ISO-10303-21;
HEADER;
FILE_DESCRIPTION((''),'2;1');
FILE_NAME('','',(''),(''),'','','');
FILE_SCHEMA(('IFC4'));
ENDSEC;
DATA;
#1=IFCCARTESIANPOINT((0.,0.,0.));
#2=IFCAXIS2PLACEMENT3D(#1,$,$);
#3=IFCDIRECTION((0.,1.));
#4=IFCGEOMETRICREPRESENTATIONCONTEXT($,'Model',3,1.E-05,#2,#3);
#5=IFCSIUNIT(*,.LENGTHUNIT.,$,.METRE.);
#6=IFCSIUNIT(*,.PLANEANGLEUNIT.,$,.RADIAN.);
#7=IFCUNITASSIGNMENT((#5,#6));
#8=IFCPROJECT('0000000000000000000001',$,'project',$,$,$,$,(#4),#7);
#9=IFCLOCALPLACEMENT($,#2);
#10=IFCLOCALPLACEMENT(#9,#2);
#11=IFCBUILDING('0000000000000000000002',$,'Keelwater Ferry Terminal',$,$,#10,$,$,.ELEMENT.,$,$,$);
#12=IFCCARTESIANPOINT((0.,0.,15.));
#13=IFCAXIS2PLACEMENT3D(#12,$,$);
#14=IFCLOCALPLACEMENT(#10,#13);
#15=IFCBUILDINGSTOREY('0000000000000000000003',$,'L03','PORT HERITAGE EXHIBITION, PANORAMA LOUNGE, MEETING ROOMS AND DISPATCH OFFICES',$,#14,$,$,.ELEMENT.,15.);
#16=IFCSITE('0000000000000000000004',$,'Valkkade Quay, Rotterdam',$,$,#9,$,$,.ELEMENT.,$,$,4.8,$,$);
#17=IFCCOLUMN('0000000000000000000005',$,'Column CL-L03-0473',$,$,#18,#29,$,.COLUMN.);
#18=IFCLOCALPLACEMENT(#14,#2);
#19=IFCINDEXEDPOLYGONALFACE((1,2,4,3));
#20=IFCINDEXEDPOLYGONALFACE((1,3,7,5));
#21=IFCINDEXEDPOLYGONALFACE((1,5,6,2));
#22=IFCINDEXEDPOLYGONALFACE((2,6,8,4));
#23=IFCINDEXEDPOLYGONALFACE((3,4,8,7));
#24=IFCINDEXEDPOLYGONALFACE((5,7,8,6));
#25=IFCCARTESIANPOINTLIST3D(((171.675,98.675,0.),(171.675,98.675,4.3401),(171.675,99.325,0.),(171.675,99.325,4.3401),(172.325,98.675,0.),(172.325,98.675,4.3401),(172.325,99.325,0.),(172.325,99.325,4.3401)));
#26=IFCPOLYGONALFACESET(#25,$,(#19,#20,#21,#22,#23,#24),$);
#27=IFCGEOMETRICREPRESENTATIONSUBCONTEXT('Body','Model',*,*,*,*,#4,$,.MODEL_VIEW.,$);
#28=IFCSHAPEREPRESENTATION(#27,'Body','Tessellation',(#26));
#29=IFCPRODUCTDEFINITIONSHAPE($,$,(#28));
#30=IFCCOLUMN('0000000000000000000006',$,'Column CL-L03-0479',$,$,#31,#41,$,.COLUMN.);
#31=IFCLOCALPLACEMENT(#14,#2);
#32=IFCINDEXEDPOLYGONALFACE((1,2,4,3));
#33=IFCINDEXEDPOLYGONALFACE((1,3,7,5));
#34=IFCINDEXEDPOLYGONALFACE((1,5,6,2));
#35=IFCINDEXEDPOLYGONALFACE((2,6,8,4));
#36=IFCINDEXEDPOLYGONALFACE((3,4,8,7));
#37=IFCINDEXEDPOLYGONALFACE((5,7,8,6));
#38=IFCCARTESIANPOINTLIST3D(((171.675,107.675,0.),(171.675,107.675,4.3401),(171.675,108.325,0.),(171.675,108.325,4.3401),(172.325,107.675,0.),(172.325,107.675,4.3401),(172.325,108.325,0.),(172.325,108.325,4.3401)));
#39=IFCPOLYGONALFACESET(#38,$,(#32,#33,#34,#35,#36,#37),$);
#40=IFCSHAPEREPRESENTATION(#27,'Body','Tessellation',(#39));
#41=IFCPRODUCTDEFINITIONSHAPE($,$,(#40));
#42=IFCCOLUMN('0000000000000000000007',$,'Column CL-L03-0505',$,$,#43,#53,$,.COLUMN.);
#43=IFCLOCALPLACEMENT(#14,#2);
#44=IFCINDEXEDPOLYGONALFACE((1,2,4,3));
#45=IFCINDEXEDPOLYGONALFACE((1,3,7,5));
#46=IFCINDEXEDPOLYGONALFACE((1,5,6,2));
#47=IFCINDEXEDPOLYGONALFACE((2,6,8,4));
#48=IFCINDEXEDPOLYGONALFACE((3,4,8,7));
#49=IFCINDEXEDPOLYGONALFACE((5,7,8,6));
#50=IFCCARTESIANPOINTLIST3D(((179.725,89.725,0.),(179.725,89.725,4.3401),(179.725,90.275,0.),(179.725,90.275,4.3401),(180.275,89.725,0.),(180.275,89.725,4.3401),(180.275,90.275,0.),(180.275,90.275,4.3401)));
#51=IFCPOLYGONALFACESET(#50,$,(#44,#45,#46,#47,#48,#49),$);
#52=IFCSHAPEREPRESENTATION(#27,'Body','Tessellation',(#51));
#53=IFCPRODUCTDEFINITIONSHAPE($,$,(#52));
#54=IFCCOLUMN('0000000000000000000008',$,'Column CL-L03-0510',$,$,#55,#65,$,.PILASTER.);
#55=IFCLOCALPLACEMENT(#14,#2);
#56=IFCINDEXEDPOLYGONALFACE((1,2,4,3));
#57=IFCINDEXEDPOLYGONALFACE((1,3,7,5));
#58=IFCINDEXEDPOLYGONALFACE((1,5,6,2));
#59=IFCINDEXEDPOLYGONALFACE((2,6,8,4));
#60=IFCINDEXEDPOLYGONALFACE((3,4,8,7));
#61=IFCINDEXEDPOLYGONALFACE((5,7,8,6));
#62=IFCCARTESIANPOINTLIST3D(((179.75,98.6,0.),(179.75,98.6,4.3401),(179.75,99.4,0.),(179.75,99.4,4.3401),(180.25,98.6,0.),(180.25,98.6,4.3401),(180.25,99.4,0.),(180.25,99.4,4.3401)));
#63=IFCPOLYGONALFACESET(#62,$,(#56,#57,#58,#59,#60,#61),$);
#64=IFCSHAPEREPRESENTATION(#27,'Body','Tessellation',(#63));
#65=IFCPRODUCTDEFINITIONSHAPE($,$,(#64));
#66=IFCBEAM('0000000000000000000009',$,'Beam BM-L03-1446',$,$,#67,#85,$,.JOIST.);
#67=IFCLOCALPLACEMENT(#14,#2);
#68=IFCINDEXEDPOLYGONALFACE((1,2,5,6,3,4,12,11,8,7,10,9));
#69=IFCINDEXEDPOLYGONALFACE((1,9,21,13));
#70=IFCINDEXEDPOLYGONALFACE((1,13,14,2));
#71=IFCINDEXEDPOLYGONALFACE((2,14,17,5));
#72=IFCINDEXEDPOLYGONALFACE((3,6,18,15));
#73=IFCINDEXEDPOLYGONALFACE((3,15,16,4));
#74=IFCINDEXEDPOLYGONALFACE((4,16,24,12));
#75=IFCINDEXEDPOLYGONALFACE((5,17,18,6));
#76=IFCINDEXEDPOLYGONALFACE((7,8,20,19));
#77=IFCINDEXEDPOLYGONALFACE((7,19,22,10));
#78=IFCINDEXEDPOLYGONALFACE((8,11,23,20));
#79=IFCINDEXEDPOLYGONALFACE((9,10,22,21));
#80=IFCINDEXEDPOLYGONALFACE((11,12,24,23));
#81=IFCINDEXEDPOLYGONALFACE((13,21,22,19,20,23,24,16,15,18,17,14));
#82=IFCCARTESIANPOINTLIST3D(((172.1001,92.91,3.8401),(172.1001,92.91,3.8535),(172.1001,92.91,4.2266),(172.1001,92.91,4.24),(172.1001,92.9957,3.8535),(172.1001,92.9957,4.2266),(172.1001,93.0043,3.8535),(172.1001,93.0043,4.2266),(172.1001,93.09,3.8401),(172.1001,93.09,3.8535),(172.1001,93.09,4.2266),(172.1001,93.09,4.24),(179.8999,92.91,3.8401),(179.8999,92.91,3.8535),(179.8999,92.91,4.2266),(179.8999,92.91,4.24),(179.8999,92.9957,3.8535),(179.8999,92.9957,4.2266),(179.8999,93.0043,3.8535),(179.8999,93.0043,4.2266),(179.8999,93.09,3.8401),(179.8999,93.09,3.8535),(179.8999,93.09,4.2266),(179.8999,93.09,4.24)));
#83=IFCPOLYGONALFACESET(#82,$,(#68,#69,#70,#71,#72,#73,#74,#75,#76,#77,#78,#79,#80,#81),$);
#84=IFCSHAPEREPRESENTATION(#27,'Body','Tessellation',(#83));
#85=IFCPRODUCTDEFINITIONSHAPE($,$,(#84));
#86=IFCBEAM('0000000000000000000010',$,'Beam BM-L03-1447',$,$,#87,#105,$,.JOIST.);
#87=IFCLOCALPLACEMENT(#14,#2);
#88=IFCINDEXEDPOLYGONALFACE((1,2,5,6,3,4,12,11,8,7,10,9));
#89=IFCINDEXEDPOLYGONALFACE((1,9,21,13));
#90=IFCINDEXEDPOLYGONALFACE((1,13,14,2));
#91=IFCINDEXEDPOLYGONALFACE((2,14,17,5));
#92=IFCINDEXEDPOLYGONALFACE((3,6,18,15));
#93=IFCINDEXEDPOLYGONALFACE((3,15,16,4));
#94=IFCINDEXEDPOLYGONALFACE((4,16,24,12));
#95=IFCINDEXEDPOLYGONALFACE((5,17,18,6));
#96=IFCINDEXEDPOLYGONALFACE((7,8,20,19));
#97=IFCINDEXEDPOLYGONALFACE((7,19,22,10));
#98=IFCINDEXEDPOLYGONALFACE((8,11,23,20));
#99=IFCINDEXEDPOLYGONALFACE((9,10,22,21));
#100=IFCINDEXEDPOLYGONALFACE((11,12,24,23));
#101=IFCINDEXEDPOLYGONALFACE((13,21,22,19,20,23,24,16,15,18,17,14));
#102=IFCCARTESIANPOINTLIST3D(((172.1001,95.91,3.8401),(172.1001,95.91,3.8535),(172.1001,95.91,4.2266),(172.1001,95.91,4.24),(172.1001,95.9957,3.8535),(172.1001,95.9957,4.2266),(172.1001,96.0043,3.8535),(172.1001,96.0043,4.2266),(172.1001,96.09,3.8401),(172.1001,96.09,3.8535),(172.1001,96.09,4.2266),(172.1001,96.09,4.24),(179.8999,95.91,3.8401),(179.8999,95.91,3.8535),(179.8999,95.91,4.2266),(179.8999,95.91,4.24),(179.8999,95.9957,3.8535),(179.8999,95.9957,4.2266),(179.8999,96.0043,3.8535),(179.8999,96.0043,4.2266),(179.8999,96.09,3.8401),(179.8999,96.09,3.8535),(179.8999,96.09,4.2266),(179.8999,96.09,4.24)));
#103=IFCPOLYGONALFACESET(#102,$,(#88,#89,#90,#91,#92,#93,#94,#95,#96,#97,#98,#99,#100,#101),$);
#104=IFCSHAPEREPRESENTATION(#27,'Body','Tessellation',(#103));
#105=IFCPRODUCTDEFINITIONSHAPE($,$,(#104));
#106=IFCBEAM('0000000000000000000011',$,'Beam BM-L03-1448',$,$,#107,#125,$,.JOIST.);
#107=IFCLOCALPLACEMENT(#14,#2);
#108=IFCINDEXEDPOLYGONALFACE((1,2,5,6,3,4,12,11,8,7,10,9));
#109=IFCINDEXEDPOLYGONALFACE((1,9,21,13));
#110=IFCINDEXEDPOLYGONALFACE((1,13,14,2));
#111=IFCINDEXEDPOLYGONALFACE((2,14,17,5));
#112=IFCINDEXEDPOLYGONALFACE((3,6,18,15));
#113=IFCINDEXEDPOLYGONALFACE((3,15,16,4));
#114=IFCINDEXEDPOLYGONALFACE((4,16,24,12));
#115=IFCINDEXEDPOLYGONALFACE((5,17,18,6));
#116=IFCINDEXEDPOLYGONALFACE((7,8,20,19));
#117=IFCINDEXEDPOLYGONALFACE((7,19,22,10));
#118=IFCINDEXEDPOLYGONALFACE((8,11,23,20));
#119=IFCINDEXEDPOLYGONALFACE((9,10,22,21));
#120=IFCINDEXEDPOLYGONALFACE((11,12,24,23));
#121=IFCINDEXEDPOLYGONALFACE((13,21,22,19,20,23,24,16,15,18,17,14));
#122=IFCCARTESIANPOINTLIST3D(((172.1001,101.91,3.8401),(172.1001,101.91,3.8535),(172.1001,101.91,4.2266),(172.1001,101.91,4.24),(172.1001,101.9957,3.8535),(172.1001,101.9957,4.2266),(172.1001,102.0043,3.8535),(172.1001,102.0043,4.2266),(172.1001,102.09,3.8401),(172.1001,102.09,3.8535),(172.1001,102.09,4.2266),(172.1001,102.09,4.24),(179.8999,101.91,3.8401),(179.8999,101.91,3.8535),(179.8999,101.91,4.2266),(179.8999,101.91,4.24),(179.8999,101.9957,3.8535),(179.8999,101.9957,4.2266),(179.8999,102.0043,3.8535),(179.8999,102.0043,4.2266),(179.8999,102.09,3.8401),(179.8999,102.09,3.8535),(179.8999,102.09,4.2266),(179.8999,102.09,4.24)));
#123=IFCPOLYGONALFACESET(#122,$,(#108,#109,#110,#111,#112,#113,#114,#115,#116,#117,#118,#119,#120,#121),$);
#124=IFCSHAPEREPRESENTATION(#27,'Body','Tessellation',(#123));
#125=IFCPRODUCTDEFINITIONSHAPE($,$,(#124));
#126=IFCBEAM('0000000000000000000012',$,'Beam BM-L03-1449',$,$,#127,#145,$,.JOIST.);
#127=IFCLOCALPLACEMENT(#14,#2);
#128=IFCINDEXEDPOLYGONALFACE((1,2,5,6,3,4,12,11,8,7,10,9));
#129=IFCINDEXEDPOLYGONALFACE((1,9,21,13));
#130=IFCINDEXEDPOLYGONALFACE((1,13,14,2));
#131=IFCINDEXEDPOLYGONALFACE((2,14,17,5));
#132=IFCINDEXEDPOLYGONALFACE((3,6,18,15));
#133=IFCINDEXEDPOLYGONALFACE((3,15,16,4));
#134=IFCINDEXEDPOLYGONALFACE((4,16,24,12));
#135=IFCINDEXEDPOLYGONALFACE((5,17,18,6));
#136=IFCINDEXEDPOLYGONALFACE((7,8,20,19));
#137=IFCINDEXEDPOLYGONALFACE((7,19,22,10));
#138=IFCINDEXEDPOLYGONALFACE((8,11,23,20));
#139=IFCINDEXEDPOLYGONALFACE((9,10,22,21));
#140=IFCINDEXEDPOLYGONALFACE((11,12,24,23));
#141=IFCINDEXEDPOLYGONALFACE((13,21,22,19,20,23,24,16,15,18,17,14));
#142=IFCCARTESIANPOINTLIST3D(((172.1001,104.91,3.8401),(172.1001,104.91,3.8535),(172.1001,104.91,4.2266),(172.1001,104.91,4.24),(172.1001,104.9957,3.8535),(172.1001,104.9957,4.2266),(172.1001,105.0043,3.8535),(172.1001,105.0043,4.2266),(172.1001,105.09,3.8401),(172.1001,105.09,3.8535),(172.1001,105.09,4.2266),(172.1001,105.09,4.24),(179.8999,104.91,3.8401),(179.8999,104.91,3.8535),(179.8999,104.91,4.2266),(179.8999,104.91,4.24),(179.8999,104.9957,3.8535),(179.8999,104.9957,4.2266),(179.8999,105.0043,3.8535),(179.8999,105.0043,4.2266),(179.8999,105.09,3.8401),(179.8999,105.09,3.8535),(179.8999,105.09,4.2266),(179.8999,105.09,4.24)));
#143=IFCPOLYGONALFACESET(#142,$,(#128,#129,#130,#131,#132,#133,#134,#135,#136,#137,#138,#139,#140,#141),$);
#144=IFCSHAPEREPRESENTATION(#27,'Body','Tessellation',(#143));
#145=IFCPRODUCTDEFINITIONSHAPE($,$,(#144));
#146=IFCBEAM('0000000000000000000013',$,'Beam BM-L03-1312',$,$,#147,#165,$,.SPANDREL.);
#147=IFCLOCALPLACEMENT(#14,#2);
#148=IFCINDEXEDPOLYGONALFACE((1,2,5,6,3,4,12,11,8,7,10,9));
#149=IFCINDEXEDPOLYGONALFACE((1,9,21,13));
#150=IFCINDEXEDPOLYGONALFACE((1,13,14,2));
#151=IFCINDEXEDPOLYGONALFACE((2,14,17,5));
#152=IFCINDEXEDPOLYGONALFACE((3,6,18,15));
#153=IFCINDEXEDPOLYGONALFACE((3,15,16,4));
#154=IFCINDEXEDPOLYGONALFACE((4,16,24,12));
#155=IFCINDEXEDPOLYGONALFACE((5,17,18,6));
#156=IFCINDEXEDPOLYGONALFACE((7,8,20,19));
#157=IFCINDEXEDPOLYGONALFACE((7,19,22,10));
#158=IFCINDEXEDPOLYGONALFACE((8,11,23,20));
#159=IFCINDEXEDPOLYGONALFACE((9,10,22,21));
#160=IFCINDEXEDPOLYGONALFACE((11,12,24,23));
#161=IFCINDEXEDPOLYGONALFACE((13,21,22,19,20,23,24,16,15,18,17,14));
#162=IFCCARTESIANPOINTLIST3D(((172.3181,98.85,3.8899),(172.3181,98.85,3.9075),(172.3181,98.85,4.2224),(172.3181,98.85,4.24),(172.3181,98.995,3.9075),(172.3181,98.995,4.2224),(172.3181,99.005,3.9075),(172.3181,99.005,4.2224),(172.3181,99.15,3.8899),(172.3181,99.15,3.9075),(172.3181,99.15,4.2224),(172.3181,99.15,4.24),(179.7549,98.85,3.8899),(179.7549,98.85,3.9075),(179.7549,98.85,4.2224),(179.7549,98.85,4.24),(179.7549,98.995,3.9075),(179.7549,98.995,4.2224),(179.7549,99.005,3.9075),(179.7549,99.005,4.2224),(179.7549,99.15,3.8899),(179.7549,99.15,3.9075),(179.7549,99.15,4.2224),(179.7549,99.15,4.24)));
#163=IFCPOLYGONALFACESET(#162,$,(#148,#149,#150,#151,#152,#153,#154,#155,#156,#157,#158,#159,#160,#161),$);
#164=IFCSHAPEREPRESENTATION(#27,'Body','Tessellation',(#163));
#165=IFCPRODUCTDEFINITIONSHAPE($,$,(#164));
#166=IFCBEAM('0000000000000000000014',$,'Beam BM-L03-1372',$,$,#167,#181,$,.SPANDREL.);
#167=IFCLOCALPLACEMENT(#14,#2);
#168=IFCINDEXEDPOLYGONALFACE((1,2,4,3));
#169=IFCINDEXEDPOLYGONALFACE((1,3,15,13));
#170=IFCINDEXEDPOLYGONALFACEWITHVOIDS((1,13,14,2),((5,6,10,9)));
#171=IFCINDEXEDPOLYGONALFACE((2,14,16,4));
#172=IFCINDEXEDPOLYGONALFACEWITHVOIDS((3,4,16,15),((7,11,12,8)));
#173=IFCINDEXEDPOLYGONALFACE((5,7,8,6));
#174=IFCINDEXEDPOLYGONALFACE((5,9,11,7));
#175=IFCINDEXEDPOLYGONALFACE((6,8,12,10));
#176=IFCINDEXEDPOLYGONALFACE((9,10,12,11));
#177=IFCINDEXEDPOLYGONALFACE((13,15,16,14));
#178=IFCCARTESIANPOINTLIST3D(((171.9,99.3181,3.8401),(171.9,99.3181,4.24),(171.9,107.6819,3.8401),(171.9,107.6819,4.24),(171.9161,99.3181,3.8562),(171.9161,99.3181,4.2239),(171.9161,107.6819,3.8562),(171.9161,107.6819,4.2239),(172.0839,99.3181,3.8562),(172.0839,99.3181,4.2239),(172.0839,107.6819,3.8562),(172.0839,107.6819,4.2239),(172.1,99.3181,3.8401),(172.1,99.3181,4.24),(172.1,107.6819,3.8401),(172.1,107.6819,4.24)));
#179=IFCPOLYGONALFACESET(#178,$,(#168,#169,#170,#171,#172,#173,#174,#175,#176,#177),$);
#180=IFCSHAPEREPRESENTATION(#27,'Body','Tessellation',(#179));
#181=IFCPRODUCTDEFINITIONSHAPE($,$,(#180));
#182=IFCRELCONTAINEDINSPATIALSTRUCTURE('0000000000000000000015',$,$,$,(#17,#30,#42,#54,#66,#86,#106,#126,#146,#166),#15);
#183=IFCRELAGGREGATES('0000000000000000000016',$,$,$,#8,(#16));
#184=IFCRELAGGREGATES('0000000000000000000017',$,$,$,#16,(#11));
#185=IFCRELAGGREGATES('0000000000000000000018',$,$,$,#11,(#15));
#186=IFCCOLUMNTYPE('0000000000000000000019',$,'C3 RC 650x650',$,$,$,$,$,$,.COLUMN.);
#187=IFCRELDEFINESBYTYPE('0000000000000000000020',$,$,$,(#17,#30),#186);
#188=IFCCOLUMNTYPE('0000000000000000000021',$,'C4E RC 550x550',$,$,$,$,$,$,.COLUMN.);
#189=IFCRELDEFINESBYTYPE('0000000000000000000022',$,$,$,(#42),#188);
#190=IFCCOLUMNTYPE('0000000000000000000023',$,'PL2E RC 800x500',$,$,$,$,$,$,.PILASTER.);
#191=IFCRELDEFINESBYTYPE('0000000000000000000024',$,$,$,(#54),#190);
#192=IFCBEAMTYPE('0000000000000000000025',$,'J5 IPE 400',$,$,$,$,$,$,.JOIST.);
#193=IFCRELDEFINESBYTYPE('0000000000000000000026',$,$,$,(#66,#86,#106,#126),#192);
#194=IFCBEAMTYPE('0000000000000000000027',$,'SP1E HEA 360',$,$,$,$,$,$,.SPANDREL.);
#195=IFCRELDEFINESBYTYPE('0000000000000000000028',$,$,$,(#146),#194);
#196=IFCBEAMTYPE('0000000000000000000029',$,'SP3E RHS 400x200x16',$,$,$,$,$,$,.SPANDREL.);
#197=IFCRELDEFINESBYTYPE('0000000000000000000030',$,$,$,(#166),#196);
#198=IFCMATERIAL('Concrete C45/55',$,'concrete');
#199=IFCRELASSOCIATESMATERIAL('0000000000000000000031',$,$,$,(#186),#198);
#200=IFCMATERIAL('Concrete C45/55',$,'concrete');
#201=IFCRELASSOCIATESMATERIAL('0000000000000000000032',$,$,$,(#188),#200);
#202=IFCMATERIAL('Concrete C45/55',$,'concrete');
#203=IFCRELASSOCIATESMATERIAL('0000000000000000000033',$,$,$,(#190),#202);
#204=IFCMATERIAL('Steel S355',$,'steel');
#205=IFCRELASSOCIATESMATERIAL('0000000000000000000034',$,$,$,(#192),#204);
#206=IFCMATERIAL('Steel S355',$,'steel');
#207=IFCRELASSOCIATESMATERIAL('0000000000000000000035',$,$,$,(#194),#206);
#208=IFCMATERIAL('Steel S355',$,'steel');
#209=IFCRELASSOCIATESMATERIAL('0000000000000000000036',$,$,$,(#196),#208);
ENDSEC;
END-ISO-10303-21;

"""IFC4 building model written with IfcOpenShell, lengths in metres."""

from ifc_helpers import new_model, si_unit, direction, frame, origin, origin_2d, place, context, subcontext, project, spatial, rectangle, hollow_rectangle, i_section, extrude, material, material_profile, profile_set, type_object, element, save


model = new_model("IFC4")

# Units and contexts
model_context = context("Model", 3, precision=1e-05, world=origin(), true_north=direction((0.0, 1.0)))
body_context = subcontext(model_context, "Body", "Model", "MODEL_VIEW")
ifc_project = project(units=[si_unit("LENGTHUNIT", "METRE"), si_unit("PLANEANGLEUNIT", "RADIAN")], contexts=[model_context])

# Site, building, storey
site_placement = place(None, origin())
site = spatial("IfcSite", under=ifc_project, at=site_placement, Name="Valkkade Quay, Rotterdam", CompositionType="ELEMENT", RefElevation=4.8)
building_placement = place(site_placement, origin())
building = spatial("IfcBuilding", under=site, at=building_placement, Name="Keelwater Ferry Terminal", CompositionType="ELEMENT")
storey_placement = place(building_placement, frame((0.0, 0.0, 15.0)))
storey = spatial("IfcBuildingStorey", under=building, at=storey_placement, Name="L03", Description="PORT HERITAGE EXHIBITION, PANORAMA LOUNGE, MEETING ROOMS AND DISPATCH OFFICES", CompositionType="ELEMENT", Elevation=15.0)

# Columns
ifc_material_1 = material(Name="Concrete C45/55", Category="concrete")
ifc_material_profile_1 = material_profile(ifc_material_1, rectangle(XDim=0.6499, YDim=0.6499, at=origin_2d()), Name="RC 650x650")
ifc_profile_set_1 = profile_set([ifc_material_profile_1], Name="Concrete C45/55")
column_type_1 = type_object("IfcColumnType", Name="C3 RC 650x650", PredefinedType="COLUMN", material=ifc_profile_set_1)
for number, where, z_axis, x_axis, name in (
    (1, (172.0, 99.0, 0.0), (0.0, 0.0, 1.0), (1.0, 0.0, 0.0), "Column CL-L03-0473"),
    (2, (172.0, 108.0, 0.0), (0.0, 0.0, 1.0), (1.0, 0.0, 0.0), "Column CL-L03-0479"),
):
    element("IfcColumn", number, at=place(storey_placement, frame(where, z_axis=z_axis, x_axis=x_axis)), inside=storey, type_object=column_type_1, Name=name, PredefinedType="COLUMN", context=body_context, shape_type="SweptSolid", body=[
        extrude(rectangle(XDim=0.6499, YDim=0.6499, at=origin_2d()), origin(), (0.0, 0.0, 1.0), 4.3401),
    ])
ifc_material_2 = material(Name="Concrete C45/55", Category="concrete")
ifc_material_profile_2 = material_profile(ifc_material_2, rectangle(XDim=0.55, YDim=0.55, at=origin_2d()), Name="RC 550x550")
ifc_profile_set_2 = profile_set([ifc_material_profile_2], Name="Concrete C45/55")
column_type_2 = type_object("IfcColumnType", Name="C4E RC 550x550", PredefinedType="COLUMN", material=ifc_profile_set_2)
column_1_placement = place(storey_placement, frame((180.0, 90.0, 0.0), z_axis=(0.0, 0.0, 1.0), x_axis=(1.0, 0.0, 0.0)))
element("IfcColumn", 3, at=column_1_placement, inside=storey, type_object=column_type_2, Name="Column CL-L03-0505", PredefinedType="COLUMN", context=body_context, shape_type="SweptSolid", body=[
    extrude(rectangle(XDim=0.55, YDim=0.55, at=origin_2d()), origin(), (0.0, 0.0, 1.0), 4.3401),
])
ifc_material_3 = material(Name="Concrete C45/55", Category="concrete")
ifc_material_profile_3 = material_profile(ifc_material_3, rectangle(XDim=0.5, YDim=0.8, at=origin_2d()), Name="RC 800x500")
ifc_profile_set_3 = profile_set([ifc_material_profile_3], Name="Concrete C45/55")
column_type_3 = type_object("IfcColumnType", Name="PL2E RC 800x500", PredefinedType="PILASTER", material=ifc_profile_set_3)
column_2_placement = place(storey_placement, frame((180.0, 99.0, 0.0), z_axis=(0.0, 0.0, 1.0), x_axis=(1.0, 0.0, 0.0)))
element("IfcColumn", 4, at=column_2_placement, inside=storey, type_object=column_type_3, Name="Column CL-L03-0510", PredefinedType="PILASTER", context=body_context, shape_type="SweptSolid", body=[
    extrude(rectangle(XDim=0.5, YDim=0.8, at=origin_2d()), origin(), (0.0, 0.0, 1.0), 4.3401),
])

# Beams
ifc_material_4 = material(Name="Steel S355", Category="steel")
ifc_material_profile_4 = material_profile(ifc_material_4, i_section(OverallWidth=0.1799, OverallDepth=0.3999, WebThickness=0.0085, FlangeThickness=0.0134, at=origin_2d()), Name="IPE 400")
ifc_profile_set_4 = profile_set([ifc_material_profile_4], Name="Steel S355")
beam_type_1 = type_object("IfcBeamType", Name="J5 IPE 400", PredefinedType="JOIST", material=ifc_profile_set_4)
for number, where, z_axis, x_axis, name in (
    (5, (172.1001, 93.0, 4.04), (1.0, 0.0, 0.0), (0.0, 1.0, 0.0), "Beam BM-L03-1446"),
    (6, (172.1001, 96.0, 4.04), (1.0, 0.0, 0.0), (0.0, 1.0, 0.0), "Beam BM-L03-1447"),
    (7, (172.1001, 102.0, 4.04), (1.0, 0.0, 0.0), (0.0, 1.0, 0.0), "Beam BM-L03-1448"),
    (8, (172.1001, 105.0, 4.04), (1.0, 0.0, 0.0), (0.0, 1.0, 0.0), "Beam BM-L03-1449"),
):
    element("IfcBeam", number, at=place(storey_placement, frame(where, z_axis=z_axis, x_axis=x_axis)), inside=storey, type_object=beam_type_1, Name=name, PredefinedType="JOIST", context=body_context, shape_type="SweptSolid", body=[
        extrude(i_section(OverallWidth=0.1799, OverallDepth=0.3999, WebThickness=0.0085, FlangeThickness=0.0134, at=origin_2d()), origin(), (0.0, 0.0, 1.0), 7.7998),
    ])
ifc_material_5 = material(Name="Steel S355", Category="steel")
ifc_material_profile_5 = material_profile(ifc_material_5, i_section(OverallWidth=0.3, OverallDepth=0.3501, WebThickness=0.01, FlangeThickness=0.0176, at=origin_2d()), Name="HEA 360")
ifc_profile_set_5 = profile_set([ifc_material_profile_5], Name="Steel S355")
beam_type_2 = type_object("IfcBeamType", Name="SP1E HEA 360", PredefinedType="SPANDREL", material=ifc_profile_set_5)
beam_1_placement = place(storey_placement, frame((172.3181, 99.0, 4.0649), z_axis=(1.0, 0.0, 0.0), x_axis=(0.0, 1.0, 0.0)))
element("IfcBeam", 9, at=beam_1_placement, inside=storey, type_object=beam_type_2, Name="Beam BM-L03-1312", PredefinedType="SPANDREL", context=body_context, shape_type="SweptSolid", body=[
    extrude(i_section(OverallWidth=0.3, OverallDepth=0.3501, WebThickness=0.01, FlangeThickness=0.0176, at=origin_2d()), origin(), (0.0, 0.0, 1.0), 7.4368),
])
ifc_material_6 = material(Name="Steel S355", Category="steel")
ifc_material_profile_6 = material_profile(ifc_material_6, hollow_rectangle(XDim=0.2, YDim=0.3999, WallThickness=0.0161, at=origin_2d()), Name="RHS 400x200x16")
ifc_profile_set_6 = profile_set([ifc_material_profile_6], Name="Steel S355")
beam_type_3 = type_object("IfcBeamType", Name="SP3E RHS 400x200x16", PredefinedType="SPANDREL", material=ifc_profile_set_6)
beam_2_placement = place(storey_placement, frame((172.0, 99.3181, 4.04), z_axis=(0.0, 1.0, 0.0), x_axis=(-1.0, 0.0, 0.0)))
element("IfcBeam", 10, at=beam_2_placement, inside=storey, type_object=beam_type_3, Name="Beam BM-L03-1372", PredefinedType="SPANDREL", context=body_context, shape_type="SweptSolid", body=[
    extrude(hollow_rectangle(XDim=0.2, YDim=0.3999, WallThickness=0.0161, at=origin_2d()), origin(), (0.0, 0.0, 1.0), 8.3638),
])

save(model, "model.ifc")
